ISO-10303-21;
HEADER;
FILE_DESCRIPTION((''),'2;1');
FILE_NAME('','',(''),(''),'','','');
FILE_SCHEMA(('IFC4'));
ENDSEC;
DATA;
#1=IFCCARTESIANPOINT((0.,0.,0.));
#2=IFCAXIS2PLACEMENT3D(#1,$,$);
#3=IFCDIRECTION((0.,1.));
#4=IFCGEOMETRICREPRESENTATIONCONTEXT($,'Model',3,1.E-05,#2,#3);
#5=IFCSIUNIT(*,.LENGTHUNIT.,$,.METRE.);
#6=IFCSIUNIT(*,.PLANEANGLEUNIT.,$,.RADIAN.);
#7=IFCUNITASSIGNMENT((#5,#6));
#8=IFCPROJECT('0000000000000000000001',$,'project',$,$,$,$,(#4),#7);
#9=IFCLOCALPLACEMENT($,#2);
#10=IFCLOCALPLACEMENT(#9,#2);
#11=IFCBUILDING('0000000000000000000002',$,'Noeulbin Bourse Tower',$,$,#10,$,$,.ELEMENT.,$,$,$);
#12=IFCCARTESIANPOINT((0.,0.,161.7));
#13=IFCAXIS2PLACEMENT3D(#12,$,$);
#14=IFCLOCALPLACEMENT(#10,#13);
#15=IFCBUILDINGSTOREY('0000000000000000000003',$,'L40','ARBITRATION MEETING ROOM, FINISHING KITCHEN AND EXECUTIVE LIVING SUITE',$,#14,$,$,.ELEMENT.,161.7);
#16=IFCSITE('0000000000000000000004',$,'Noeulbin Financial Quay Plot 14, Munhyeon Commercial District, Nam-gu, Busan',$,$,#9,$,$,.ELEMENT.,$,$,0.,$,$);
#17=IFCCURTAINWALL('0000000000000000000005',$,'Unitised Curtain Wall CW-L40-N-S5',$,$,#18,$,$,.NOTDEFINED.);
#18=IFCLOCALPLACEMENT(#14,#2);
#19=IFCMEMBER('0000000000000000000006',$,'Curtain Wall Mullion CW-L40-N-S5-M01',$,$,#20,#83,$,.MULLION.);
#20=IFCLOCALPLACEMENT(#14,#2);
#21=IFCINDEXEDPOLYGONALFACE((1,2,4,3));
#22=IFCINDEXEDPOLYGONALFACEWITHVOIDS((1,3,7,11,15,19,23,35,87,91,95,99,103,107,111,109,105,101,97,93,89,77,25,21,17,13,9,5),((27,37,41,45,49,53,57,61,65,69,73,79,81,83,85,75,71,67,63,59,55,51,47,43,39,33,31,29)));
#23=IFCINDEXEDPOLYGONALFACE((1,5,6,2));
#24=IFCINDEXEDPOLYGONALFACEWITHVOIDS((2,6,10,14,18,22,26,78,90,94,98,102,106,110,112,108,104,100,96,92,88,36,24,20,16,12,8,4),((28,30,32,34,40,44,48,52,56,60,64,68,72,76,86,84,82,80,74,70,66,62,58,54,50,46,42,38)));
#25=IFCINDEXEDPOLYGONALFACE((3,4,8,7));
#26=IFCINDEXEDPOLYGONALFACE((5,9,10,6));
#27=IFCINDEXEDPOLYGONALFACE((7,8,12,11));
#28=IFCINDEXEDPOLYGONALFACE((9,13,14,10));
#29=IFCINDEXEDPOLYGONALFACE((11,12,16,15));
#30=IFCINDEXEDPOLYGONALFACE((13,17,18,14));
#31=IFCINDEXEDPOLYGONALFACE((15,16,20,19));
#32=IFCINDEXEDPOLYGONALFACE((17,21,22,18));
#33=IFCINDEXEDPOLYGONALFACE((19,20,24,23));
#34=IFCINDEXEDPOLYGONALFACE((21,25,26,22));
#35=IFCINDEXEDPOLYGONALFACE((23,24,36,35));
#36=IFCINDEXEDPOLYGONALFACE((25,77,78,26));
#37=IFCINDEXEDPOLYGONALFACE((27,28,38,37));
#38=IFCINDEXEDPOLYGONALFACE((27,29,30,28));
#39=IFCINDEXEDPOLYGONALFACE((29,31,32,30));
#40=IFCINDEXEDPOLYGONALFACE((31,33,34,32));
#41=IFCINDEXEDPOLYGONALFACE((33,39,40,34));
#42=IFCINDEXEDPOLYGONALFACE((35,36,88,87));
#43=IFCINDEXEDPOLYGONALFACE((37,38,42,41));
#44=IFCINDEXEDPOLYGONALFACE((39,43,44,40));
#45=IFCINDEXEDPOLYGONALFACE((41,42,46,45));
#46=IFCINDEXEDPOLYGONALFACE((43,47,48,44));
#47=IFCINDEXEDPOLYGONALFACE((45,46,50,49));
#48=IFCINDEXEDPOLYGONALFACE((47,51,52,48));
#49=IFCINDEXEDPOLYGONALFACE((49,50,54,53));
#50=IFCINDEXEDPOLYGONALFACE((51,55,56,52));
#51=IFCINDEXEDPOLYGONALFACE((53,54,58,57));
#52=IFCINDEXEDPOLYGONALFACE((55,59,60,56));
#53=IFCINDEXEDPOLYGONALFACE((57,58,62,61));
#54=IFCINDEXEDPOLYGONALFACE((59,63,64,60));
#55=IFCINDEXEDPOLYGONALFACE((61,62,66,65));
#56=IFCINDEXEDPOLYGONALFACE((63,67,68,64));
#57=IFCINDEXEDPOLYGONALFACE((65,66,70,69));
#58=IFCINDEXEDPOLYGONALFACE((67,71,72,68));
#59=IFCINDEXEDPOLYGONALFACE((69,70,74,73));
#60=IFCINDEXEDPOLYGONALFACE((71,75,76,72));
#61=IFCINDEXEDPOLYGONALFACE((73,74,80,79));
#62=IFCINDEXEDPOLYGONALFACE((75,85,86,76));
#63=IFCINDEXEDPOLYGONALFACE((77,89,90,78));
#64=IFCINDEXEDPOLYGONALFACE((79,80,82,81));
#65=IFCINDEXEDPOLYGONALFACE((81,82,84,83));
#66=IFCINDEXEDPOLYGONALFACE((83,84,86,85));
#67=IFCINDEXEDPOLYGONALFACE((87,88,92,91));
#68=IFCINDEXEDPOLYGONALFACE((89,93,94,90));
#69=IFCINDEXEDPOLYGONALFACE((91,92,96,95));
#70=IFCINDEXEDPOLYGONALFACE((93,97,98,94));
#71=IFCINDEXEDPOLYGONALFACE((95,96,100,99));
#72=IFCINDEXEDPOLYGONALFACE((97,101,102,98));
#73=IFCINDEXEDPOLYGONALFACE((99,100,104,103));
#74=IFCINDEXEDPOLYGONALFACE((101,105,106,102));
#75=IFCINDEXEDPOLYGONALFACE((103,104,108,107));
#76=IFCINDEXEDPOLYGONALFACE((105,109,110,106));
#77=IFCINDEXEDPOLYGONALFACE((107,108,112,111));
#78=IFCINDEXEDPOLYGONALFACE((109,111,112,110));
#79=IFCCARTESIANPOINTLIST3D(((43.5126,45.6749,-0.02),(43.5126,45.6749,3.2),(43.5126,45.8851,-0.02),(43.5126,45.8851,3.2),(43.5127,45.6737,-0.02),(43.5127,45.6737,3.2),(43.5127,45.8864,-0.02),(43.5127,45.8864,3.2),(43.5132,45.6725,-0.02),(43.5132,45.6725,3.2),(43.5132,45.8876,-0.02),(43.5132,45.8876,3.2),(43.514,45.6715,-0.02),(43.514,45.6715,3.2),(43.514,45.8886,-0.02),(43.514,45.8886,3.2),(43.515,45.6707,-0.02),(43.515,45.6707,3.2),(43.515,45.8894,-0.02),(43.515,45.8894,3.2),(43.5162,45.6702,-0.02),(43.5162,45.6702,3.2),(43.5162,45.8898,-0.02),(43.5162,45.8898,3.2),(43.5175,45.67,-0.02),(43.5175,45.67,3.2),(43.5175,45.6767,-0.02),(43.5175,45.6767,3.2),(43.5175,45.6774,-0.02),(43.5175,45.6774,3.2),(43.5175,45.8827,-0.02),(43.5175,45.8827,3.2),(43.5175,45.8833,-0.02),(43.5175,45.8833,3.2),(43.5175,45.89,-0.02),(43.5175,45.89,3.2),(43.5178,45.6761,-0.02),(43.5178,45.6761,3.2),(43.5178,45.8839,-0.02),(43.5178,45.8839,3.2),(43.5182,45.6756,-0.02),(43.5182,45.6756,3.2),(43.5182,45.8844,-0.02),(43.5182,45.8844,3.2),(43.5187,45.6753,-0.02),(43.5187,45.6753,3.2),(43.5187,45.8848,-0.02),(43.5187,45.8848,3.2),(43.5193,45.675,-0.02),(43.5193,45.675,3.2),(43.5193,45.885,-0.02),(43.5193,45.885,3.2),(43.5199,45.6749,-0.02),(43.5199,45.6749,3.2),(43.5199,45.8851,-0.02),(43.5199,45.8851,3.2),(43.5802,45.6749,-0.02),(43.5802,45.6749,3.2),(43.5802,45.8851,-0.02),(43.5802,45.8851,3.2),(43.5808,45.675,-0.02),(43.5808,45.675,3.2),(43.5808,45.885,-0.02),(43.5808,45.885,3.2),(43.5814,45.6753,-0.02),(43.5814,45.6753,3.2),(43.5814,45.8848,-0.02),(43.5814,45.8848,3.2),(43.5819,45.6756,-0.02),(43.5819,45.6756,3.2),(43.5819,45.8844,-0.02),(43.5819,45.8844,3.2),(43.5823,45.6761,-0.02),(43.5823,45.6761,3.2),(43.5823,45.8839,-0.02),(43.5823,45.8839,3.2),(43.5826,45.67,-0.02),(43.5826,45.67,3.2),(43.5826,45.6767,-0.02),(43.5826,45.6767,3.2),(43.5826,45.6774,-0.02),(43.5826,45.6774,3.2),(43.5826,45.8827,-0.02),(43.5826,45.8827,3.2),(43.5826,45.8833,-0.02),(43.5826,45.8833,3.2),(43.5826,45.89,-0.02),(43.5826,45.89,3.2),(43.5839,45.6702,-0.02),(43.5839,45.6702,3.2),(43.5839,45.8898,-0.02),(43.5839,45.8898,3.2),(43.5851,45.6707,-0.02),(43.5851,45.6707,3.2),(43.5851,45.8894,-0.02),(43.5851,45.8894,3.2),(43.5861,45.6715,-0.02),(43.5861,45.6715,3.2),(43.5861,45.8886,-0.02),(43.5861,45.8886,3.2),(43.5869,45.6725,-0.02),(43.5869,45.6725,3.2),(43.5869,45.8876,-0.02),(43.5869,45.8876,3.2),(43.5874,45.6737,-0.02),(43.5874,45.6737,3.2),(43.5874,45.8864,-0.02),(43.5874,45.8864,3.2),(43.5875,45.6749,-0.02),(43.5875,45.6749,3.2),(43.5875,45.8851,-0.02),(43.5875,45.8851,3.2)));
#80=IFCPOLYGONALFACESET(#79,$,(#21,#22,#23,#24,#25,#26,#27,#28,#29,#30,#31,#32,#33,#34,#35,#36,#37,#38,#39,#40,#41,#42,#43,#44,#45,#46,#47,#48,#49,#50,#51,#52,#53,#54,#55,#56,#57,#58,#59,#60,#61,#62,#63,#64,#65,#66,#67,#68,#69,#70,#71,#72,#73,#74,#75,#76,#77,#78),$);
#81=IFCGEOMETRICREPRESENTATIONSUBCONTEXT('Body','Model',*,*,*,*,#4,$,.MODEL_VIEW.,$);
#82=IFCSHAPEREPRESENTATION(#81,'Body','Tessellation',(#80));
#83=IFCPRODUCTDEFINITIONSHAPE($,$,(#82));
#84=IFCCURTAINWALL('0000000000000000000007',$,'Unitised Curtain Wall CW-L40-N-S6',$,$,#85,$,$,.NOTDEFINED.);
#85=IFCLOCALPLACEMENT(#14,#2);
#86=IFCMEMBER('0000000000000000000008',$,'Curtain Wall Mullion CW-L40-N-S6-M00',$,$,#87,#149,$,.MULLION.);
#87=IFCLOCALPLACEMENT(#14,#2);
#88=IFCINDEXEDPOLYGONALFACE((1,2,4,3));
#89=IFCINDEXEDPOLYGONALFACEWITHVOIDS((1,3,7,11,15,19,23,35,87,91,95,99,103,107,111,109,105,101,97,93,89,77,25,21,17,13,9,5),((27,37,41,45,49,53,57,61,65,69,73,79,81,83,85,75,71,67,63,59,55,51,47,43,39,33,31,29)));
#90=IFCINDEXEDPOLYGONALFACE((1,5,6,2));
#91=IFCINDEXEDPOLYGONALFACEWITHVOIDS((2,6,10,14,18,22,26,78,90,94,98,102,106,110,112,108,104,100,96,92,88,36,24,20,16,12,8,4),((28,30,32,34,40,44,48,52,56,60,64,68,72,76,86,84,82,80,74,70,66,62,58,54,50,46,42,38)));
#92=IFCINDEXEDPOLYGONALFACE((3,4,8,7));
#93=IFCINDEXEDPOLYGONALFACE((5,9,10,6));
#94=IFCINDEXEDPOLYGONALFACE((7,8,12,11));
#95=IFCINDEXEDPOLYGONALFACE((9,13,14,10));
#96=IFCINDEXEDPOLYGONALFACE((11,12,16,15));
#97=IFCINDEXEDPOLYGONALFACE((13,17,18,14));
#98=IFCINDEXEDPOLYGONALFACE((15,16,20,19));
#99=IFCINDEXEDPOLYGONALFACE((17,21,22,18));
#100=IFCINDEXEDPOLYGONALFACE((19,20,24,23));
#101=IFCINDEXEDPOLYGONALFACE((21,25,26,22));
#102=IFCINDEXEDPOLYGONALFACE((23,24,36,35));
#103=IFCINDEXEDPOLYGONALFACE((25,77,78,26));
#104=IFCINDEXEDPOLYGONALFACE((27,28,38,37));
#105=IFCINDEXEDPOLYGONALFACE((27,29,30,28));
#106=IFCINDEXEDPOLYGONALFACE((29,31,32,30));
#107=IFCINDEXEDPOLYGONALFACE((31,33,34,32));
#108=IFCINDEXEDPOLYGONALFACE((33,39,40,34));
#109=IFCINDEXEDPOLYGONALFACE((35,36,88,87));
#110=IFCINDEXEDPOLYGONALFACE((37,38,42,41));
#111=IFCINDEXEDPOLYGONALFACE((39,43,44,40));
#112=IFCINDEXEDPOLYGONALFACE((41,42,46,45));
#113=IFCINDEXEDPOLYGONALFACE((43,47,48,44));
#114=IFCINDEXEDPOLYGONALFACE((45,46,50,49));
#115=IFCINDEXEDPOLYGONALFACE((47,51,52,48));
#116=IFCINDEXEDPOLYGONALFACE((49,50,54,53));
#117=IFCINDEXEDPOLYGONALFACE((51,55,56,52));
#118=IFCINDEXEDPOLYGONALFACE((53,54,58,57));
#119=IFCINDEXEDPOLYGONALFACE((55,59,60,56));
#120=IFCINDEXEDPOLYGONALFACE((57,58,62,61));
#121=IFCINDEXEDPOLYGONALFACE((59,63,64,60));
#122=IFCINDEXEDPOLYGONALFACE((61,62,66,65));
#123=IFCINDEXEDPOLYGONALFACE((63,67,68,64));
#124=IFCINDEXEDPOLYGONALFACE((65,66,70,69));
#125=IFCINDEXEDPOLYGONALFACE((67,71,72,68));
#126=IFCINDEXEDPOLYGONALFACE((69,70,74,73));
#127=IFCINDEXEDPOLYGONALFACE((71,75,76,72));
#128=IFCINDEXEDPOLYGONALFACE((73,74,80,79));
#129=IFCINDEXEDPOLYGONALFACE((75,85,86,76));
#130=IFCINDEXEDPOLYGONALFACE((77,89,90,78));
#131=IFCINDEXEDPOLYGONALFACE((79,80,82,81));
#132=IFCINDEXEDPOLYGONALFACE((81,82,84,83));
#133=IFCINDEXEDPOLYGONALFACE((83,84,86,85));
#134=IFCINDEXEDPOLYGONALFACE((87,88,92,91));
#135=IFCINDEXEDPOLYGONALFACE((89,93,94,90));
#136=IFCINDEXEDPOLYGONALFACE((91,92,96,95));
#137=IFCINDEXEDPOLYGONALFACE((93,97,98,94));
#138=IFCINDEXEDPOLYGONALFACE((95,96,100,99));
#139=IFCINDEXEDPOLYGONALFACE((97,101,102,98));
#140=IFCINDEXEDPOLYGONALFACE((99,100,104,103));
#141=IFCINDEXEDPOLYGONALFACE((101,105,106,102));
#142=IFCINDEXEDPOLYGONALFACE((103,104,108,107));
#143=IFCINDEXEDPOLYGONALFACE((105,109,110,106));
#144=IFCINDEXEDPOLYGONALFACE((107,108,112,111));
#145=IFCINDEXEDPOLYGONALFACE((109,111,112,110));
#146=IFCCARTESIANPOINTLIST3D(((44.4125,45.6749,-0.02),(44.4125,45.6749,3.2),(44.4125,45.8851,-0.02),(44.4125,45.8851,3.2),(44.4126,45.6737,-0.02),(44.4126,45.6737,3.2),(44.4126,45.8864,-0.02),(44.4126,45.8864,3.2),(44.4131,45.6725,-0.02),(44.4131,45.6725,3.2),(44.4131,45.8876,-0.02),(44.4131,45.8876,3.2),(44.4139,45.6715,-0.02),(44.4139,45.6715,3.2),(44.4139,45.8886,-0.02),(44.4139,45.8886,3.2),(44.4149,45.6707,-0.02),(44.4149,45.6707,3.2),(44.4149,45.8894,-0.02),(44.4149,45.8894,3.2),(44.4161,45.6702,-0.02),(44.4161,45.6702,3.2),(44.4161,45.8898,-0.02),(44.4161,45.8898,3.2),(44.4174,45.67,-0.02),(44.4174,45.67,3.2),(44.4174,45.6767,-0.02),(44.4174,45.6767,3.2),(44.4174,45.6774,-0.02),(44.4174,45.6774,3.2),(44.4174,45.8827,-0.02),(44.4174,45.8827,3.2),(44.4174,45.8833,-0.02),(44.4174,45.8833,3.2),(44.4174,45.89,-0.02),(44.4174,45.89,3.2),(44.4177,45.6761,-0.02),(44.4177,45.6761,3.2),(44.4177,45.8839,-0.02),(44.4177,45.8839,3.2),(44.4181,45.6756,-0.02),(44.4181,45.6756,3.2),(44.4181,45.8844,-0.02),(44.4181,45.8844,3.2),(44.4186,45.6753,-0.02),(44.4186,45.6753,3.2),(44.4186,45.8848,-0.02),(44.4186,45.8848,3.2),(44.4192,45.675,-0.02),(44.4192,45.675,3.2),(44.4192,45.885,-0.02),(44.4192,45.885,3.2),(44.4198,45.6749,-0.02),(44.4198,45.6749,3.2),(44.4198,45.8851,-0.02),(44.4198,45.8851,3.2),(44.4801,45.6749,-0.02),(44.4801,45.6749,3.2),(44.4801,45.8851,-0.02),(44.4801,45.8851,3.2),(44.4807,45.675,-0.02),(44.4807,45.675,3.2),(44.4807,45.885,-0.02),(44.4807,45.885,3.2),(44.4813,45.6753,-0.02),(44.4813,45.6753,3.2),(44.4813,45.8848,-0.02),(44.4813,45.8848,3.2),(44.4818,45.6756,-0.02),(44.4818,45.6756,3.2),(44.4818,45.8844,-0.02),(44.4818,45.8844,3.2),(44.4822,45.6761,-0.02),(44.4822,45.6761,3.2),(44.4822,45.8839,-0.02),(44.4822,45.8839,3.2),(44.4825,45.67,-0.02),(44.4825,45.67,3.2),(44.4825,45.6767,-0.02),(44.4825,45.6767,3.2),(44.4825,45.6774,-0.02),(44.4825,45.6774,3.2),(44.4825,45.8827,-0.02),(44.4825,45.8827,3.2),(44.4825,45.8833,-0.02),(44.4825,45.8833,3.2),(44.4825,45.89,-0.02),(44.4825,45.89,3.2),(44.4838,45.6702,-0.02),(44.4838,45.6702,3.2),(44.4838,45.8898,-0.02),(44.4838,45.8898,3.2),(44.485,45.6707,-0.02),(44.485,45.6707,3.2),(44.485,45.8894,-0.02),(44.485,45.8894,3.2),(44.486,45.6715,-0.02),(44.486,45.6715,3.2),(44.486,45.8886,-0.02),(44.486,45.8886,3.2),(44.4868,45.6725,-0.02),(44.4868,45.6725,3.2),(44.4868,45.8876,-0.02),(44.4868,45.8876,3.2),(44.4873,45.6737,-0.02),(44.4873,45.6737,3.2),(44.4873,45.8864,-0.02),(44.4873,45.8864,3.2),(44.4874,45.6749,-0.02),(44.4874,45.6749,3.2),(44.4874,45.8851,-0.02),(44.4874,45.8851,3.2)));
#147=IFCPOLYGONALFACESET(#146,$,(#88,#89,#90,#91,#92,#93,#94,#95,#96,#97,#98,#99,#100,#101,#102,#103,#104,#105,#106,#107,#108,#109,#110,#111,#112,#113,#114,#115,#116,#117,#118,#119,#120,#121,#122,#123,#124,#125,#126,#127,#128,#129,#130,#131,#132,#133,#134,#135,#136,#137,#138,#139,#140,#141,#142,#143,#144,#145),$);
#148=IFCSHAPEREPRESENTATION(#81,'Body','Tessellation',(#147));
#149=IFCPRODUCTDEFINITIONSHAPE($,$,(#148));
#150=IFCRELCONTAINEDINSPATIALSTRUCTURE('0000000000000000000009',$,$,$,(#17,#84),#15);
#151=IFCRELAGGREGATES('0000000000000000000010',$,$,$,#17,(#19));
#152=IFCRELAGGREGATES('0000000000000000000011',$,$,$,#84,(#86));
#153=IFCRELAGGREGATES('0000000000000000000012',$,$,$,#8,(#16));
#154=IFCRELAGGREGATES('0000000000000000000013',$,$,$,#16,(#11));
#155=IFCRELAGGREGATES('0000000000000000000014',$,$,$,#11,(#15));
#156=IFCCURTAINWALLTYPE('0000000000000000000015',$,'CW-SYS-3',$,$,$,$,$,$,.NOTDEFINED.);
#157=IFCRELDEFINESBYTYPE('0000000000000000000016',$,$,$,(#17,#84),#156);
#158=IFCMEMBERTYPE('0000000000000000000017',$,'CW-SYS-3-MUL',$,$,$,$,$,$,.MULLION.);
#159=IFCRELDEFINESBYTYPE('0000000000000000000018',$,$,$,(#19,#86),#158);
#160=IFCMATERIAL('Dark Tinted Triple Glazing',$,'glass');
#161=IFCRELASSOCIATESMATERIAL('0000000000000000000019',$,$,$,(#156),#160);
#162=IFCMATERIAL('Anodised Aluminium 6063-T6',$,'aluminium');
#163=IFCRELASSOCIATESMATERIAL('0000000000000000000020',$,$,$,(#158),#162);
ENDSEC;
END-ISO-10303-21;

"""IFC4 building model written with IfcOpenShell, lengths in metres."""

from ifc_helpers import new_model, si_unit, direction, frame, origin, origin_2d, place, context, subcontext, project, spatial, hollow_rectangle, extrude, material, material_profile, profile_set, type_object, element, aggregate, save


model = new_model("IFC4")

# Units and contexts
model_context = context("Model", 3, precision=1e-05, world=origin(), true_north=direction((0.0, 1.0)))
body_context = subcontext(model_context, "Body", "Model", "MODEL_VIEW")
ifc_project = project(units=[si_unit("LENGTHUNIT", "METRE"), si_unit("PLANEANGLEUNIT", "RADIAN")], contexts=[model_context])

# Site, building, storey
site_placement = place(None, origin())
site = spatial("IfcSite", under=ifc_project, at=site_placement, Name="Noeulbin Financial Quay Plot 14, Munhyeon Commercial District, Nam-gu, Busan", CompositionType="ELEMENT", RefElevation=0.0)
building_placement = place(site_placement, origin())
building = spatial("IfcBuilding", under=site, at=building_placement, Name="Noeulbin Bourse Tower", CompositionType="ELEMENT")
storey_placement = place(building_placement, frame((0.0, 0.0, 161.7)))
storey = spatial("IfcBuildingStorey", under=building, at=storey_placement, Name="L40", Description="ARBITRATION MEETING ROOM, FINISHING KITCHEN AND EXECUTIVE LIVING SUITE", CompositionType="ELEMENT", Elevation=161.7)

# Curtain wall, member
ifc_material_1 = material(Name="Dark Tinted Triple Glazing", Category="glass")
curtain_wall_type = type_object("IfcCurtainWallType", Name="CW-SYS-3", PredefinedType="NOTDEFINED", material=ifc_material_1)
curtain_wall_1_placement = place(storey_placement, origin())
curtain_wall_1 = element("IfcCurtainWall", 1, at=curtain_wall_1_placement, inside=storey, type_object=curtain_wall_type, Name="Unitised Curtain Wall CW-L40-N-S5", PredefinedType="NOTDEFINED")
ifc_material_2 = material(Name="Anodised Aluminium 6063-T6", Category="aluminium")
ifc_material_profile_1 = material_profile(ifc_material_2, hollow_rectangle(XDim=0.075, YDim=0.22, WallThickness=0.0049, InnerFilletRadius=0.0024, OuterFilletRadius=0.0049, at=origin_2d()), Name="ALU-MULL-75x220x5", Category="LoadBearing")
ifc_profile_set_1 = profile_set([ifc_material_profile_1], Name="Anodised Aluminium 6063-T6")
member_type_1 = type_object("IfcMemberType", Name="CW-SYS-3-MUL", PredefinedType="MULLION", material=ifc_profile_set_1)
member_1_placement = place(storey_placement, frame((43.55, 45.78, -0.02), z_axis=(0.0, 0.0, 1.0), x_axis=(1.0, 0.0, 0.0)))
member_1 = element("IfcMember", 2, at=member_1_placement, type_object=member_type_1, Name="Curtain Wall Mullion CW-L40-N-S5-M01", PredefinedType="MULLION", context=body_context, shape_type="SweptSolid", body=[
    extrude(hollow_rectangle(XDim=0.075, YDim=0.22, WallThickness=0.0049, InnerFilletRadius=0.0024, OuterFilletRadius=0.0049, at=origin_2d()), origin(), (0.0, 0.0, 1.0), 3.22),
])

# Curtain wall, member
curtain_wall_2_placement = place(storey_placement, origin())
curtain_wall_2 = element("IfcCurtainWall", 3, at=curtain_wall_2_placement, inside=storey, type_object=curtain_wall_type, Name="Unitised Curtain Wall CW-L40-N-S6", PredefinedType="NOTDEFINED")
member_2_placement = place(storey_placement, frame((44.45, 45.78, -0.02), z_axis=(0.0, 0.0, 1.0), x_axis=(1.0, 0.0, 0.0)))
member_2 = element("IfcMember", 4, at=member_2_placement, type_object=member_type_1, Name="Curtain Wall Mullion CW-L40-N-S6-M00", PredefinedType="MULLION", context=body_context, shape_type="SweptSolid", body=[
    extrude(hollow_rectangle(XDim=0.075, YDim=0.22, WallThickness=0.0049, InnerFilletRadius=0.0024, OuterFilletRadius=0.0049, at=origin_2d()), origin(), (0.0, 0.0, 1.0), 3.22),
])

aggregate(curtain_wall_1, [member_1])
aggregate(curtain_wall_2, [member_2])

save(model, "model.ifc")
